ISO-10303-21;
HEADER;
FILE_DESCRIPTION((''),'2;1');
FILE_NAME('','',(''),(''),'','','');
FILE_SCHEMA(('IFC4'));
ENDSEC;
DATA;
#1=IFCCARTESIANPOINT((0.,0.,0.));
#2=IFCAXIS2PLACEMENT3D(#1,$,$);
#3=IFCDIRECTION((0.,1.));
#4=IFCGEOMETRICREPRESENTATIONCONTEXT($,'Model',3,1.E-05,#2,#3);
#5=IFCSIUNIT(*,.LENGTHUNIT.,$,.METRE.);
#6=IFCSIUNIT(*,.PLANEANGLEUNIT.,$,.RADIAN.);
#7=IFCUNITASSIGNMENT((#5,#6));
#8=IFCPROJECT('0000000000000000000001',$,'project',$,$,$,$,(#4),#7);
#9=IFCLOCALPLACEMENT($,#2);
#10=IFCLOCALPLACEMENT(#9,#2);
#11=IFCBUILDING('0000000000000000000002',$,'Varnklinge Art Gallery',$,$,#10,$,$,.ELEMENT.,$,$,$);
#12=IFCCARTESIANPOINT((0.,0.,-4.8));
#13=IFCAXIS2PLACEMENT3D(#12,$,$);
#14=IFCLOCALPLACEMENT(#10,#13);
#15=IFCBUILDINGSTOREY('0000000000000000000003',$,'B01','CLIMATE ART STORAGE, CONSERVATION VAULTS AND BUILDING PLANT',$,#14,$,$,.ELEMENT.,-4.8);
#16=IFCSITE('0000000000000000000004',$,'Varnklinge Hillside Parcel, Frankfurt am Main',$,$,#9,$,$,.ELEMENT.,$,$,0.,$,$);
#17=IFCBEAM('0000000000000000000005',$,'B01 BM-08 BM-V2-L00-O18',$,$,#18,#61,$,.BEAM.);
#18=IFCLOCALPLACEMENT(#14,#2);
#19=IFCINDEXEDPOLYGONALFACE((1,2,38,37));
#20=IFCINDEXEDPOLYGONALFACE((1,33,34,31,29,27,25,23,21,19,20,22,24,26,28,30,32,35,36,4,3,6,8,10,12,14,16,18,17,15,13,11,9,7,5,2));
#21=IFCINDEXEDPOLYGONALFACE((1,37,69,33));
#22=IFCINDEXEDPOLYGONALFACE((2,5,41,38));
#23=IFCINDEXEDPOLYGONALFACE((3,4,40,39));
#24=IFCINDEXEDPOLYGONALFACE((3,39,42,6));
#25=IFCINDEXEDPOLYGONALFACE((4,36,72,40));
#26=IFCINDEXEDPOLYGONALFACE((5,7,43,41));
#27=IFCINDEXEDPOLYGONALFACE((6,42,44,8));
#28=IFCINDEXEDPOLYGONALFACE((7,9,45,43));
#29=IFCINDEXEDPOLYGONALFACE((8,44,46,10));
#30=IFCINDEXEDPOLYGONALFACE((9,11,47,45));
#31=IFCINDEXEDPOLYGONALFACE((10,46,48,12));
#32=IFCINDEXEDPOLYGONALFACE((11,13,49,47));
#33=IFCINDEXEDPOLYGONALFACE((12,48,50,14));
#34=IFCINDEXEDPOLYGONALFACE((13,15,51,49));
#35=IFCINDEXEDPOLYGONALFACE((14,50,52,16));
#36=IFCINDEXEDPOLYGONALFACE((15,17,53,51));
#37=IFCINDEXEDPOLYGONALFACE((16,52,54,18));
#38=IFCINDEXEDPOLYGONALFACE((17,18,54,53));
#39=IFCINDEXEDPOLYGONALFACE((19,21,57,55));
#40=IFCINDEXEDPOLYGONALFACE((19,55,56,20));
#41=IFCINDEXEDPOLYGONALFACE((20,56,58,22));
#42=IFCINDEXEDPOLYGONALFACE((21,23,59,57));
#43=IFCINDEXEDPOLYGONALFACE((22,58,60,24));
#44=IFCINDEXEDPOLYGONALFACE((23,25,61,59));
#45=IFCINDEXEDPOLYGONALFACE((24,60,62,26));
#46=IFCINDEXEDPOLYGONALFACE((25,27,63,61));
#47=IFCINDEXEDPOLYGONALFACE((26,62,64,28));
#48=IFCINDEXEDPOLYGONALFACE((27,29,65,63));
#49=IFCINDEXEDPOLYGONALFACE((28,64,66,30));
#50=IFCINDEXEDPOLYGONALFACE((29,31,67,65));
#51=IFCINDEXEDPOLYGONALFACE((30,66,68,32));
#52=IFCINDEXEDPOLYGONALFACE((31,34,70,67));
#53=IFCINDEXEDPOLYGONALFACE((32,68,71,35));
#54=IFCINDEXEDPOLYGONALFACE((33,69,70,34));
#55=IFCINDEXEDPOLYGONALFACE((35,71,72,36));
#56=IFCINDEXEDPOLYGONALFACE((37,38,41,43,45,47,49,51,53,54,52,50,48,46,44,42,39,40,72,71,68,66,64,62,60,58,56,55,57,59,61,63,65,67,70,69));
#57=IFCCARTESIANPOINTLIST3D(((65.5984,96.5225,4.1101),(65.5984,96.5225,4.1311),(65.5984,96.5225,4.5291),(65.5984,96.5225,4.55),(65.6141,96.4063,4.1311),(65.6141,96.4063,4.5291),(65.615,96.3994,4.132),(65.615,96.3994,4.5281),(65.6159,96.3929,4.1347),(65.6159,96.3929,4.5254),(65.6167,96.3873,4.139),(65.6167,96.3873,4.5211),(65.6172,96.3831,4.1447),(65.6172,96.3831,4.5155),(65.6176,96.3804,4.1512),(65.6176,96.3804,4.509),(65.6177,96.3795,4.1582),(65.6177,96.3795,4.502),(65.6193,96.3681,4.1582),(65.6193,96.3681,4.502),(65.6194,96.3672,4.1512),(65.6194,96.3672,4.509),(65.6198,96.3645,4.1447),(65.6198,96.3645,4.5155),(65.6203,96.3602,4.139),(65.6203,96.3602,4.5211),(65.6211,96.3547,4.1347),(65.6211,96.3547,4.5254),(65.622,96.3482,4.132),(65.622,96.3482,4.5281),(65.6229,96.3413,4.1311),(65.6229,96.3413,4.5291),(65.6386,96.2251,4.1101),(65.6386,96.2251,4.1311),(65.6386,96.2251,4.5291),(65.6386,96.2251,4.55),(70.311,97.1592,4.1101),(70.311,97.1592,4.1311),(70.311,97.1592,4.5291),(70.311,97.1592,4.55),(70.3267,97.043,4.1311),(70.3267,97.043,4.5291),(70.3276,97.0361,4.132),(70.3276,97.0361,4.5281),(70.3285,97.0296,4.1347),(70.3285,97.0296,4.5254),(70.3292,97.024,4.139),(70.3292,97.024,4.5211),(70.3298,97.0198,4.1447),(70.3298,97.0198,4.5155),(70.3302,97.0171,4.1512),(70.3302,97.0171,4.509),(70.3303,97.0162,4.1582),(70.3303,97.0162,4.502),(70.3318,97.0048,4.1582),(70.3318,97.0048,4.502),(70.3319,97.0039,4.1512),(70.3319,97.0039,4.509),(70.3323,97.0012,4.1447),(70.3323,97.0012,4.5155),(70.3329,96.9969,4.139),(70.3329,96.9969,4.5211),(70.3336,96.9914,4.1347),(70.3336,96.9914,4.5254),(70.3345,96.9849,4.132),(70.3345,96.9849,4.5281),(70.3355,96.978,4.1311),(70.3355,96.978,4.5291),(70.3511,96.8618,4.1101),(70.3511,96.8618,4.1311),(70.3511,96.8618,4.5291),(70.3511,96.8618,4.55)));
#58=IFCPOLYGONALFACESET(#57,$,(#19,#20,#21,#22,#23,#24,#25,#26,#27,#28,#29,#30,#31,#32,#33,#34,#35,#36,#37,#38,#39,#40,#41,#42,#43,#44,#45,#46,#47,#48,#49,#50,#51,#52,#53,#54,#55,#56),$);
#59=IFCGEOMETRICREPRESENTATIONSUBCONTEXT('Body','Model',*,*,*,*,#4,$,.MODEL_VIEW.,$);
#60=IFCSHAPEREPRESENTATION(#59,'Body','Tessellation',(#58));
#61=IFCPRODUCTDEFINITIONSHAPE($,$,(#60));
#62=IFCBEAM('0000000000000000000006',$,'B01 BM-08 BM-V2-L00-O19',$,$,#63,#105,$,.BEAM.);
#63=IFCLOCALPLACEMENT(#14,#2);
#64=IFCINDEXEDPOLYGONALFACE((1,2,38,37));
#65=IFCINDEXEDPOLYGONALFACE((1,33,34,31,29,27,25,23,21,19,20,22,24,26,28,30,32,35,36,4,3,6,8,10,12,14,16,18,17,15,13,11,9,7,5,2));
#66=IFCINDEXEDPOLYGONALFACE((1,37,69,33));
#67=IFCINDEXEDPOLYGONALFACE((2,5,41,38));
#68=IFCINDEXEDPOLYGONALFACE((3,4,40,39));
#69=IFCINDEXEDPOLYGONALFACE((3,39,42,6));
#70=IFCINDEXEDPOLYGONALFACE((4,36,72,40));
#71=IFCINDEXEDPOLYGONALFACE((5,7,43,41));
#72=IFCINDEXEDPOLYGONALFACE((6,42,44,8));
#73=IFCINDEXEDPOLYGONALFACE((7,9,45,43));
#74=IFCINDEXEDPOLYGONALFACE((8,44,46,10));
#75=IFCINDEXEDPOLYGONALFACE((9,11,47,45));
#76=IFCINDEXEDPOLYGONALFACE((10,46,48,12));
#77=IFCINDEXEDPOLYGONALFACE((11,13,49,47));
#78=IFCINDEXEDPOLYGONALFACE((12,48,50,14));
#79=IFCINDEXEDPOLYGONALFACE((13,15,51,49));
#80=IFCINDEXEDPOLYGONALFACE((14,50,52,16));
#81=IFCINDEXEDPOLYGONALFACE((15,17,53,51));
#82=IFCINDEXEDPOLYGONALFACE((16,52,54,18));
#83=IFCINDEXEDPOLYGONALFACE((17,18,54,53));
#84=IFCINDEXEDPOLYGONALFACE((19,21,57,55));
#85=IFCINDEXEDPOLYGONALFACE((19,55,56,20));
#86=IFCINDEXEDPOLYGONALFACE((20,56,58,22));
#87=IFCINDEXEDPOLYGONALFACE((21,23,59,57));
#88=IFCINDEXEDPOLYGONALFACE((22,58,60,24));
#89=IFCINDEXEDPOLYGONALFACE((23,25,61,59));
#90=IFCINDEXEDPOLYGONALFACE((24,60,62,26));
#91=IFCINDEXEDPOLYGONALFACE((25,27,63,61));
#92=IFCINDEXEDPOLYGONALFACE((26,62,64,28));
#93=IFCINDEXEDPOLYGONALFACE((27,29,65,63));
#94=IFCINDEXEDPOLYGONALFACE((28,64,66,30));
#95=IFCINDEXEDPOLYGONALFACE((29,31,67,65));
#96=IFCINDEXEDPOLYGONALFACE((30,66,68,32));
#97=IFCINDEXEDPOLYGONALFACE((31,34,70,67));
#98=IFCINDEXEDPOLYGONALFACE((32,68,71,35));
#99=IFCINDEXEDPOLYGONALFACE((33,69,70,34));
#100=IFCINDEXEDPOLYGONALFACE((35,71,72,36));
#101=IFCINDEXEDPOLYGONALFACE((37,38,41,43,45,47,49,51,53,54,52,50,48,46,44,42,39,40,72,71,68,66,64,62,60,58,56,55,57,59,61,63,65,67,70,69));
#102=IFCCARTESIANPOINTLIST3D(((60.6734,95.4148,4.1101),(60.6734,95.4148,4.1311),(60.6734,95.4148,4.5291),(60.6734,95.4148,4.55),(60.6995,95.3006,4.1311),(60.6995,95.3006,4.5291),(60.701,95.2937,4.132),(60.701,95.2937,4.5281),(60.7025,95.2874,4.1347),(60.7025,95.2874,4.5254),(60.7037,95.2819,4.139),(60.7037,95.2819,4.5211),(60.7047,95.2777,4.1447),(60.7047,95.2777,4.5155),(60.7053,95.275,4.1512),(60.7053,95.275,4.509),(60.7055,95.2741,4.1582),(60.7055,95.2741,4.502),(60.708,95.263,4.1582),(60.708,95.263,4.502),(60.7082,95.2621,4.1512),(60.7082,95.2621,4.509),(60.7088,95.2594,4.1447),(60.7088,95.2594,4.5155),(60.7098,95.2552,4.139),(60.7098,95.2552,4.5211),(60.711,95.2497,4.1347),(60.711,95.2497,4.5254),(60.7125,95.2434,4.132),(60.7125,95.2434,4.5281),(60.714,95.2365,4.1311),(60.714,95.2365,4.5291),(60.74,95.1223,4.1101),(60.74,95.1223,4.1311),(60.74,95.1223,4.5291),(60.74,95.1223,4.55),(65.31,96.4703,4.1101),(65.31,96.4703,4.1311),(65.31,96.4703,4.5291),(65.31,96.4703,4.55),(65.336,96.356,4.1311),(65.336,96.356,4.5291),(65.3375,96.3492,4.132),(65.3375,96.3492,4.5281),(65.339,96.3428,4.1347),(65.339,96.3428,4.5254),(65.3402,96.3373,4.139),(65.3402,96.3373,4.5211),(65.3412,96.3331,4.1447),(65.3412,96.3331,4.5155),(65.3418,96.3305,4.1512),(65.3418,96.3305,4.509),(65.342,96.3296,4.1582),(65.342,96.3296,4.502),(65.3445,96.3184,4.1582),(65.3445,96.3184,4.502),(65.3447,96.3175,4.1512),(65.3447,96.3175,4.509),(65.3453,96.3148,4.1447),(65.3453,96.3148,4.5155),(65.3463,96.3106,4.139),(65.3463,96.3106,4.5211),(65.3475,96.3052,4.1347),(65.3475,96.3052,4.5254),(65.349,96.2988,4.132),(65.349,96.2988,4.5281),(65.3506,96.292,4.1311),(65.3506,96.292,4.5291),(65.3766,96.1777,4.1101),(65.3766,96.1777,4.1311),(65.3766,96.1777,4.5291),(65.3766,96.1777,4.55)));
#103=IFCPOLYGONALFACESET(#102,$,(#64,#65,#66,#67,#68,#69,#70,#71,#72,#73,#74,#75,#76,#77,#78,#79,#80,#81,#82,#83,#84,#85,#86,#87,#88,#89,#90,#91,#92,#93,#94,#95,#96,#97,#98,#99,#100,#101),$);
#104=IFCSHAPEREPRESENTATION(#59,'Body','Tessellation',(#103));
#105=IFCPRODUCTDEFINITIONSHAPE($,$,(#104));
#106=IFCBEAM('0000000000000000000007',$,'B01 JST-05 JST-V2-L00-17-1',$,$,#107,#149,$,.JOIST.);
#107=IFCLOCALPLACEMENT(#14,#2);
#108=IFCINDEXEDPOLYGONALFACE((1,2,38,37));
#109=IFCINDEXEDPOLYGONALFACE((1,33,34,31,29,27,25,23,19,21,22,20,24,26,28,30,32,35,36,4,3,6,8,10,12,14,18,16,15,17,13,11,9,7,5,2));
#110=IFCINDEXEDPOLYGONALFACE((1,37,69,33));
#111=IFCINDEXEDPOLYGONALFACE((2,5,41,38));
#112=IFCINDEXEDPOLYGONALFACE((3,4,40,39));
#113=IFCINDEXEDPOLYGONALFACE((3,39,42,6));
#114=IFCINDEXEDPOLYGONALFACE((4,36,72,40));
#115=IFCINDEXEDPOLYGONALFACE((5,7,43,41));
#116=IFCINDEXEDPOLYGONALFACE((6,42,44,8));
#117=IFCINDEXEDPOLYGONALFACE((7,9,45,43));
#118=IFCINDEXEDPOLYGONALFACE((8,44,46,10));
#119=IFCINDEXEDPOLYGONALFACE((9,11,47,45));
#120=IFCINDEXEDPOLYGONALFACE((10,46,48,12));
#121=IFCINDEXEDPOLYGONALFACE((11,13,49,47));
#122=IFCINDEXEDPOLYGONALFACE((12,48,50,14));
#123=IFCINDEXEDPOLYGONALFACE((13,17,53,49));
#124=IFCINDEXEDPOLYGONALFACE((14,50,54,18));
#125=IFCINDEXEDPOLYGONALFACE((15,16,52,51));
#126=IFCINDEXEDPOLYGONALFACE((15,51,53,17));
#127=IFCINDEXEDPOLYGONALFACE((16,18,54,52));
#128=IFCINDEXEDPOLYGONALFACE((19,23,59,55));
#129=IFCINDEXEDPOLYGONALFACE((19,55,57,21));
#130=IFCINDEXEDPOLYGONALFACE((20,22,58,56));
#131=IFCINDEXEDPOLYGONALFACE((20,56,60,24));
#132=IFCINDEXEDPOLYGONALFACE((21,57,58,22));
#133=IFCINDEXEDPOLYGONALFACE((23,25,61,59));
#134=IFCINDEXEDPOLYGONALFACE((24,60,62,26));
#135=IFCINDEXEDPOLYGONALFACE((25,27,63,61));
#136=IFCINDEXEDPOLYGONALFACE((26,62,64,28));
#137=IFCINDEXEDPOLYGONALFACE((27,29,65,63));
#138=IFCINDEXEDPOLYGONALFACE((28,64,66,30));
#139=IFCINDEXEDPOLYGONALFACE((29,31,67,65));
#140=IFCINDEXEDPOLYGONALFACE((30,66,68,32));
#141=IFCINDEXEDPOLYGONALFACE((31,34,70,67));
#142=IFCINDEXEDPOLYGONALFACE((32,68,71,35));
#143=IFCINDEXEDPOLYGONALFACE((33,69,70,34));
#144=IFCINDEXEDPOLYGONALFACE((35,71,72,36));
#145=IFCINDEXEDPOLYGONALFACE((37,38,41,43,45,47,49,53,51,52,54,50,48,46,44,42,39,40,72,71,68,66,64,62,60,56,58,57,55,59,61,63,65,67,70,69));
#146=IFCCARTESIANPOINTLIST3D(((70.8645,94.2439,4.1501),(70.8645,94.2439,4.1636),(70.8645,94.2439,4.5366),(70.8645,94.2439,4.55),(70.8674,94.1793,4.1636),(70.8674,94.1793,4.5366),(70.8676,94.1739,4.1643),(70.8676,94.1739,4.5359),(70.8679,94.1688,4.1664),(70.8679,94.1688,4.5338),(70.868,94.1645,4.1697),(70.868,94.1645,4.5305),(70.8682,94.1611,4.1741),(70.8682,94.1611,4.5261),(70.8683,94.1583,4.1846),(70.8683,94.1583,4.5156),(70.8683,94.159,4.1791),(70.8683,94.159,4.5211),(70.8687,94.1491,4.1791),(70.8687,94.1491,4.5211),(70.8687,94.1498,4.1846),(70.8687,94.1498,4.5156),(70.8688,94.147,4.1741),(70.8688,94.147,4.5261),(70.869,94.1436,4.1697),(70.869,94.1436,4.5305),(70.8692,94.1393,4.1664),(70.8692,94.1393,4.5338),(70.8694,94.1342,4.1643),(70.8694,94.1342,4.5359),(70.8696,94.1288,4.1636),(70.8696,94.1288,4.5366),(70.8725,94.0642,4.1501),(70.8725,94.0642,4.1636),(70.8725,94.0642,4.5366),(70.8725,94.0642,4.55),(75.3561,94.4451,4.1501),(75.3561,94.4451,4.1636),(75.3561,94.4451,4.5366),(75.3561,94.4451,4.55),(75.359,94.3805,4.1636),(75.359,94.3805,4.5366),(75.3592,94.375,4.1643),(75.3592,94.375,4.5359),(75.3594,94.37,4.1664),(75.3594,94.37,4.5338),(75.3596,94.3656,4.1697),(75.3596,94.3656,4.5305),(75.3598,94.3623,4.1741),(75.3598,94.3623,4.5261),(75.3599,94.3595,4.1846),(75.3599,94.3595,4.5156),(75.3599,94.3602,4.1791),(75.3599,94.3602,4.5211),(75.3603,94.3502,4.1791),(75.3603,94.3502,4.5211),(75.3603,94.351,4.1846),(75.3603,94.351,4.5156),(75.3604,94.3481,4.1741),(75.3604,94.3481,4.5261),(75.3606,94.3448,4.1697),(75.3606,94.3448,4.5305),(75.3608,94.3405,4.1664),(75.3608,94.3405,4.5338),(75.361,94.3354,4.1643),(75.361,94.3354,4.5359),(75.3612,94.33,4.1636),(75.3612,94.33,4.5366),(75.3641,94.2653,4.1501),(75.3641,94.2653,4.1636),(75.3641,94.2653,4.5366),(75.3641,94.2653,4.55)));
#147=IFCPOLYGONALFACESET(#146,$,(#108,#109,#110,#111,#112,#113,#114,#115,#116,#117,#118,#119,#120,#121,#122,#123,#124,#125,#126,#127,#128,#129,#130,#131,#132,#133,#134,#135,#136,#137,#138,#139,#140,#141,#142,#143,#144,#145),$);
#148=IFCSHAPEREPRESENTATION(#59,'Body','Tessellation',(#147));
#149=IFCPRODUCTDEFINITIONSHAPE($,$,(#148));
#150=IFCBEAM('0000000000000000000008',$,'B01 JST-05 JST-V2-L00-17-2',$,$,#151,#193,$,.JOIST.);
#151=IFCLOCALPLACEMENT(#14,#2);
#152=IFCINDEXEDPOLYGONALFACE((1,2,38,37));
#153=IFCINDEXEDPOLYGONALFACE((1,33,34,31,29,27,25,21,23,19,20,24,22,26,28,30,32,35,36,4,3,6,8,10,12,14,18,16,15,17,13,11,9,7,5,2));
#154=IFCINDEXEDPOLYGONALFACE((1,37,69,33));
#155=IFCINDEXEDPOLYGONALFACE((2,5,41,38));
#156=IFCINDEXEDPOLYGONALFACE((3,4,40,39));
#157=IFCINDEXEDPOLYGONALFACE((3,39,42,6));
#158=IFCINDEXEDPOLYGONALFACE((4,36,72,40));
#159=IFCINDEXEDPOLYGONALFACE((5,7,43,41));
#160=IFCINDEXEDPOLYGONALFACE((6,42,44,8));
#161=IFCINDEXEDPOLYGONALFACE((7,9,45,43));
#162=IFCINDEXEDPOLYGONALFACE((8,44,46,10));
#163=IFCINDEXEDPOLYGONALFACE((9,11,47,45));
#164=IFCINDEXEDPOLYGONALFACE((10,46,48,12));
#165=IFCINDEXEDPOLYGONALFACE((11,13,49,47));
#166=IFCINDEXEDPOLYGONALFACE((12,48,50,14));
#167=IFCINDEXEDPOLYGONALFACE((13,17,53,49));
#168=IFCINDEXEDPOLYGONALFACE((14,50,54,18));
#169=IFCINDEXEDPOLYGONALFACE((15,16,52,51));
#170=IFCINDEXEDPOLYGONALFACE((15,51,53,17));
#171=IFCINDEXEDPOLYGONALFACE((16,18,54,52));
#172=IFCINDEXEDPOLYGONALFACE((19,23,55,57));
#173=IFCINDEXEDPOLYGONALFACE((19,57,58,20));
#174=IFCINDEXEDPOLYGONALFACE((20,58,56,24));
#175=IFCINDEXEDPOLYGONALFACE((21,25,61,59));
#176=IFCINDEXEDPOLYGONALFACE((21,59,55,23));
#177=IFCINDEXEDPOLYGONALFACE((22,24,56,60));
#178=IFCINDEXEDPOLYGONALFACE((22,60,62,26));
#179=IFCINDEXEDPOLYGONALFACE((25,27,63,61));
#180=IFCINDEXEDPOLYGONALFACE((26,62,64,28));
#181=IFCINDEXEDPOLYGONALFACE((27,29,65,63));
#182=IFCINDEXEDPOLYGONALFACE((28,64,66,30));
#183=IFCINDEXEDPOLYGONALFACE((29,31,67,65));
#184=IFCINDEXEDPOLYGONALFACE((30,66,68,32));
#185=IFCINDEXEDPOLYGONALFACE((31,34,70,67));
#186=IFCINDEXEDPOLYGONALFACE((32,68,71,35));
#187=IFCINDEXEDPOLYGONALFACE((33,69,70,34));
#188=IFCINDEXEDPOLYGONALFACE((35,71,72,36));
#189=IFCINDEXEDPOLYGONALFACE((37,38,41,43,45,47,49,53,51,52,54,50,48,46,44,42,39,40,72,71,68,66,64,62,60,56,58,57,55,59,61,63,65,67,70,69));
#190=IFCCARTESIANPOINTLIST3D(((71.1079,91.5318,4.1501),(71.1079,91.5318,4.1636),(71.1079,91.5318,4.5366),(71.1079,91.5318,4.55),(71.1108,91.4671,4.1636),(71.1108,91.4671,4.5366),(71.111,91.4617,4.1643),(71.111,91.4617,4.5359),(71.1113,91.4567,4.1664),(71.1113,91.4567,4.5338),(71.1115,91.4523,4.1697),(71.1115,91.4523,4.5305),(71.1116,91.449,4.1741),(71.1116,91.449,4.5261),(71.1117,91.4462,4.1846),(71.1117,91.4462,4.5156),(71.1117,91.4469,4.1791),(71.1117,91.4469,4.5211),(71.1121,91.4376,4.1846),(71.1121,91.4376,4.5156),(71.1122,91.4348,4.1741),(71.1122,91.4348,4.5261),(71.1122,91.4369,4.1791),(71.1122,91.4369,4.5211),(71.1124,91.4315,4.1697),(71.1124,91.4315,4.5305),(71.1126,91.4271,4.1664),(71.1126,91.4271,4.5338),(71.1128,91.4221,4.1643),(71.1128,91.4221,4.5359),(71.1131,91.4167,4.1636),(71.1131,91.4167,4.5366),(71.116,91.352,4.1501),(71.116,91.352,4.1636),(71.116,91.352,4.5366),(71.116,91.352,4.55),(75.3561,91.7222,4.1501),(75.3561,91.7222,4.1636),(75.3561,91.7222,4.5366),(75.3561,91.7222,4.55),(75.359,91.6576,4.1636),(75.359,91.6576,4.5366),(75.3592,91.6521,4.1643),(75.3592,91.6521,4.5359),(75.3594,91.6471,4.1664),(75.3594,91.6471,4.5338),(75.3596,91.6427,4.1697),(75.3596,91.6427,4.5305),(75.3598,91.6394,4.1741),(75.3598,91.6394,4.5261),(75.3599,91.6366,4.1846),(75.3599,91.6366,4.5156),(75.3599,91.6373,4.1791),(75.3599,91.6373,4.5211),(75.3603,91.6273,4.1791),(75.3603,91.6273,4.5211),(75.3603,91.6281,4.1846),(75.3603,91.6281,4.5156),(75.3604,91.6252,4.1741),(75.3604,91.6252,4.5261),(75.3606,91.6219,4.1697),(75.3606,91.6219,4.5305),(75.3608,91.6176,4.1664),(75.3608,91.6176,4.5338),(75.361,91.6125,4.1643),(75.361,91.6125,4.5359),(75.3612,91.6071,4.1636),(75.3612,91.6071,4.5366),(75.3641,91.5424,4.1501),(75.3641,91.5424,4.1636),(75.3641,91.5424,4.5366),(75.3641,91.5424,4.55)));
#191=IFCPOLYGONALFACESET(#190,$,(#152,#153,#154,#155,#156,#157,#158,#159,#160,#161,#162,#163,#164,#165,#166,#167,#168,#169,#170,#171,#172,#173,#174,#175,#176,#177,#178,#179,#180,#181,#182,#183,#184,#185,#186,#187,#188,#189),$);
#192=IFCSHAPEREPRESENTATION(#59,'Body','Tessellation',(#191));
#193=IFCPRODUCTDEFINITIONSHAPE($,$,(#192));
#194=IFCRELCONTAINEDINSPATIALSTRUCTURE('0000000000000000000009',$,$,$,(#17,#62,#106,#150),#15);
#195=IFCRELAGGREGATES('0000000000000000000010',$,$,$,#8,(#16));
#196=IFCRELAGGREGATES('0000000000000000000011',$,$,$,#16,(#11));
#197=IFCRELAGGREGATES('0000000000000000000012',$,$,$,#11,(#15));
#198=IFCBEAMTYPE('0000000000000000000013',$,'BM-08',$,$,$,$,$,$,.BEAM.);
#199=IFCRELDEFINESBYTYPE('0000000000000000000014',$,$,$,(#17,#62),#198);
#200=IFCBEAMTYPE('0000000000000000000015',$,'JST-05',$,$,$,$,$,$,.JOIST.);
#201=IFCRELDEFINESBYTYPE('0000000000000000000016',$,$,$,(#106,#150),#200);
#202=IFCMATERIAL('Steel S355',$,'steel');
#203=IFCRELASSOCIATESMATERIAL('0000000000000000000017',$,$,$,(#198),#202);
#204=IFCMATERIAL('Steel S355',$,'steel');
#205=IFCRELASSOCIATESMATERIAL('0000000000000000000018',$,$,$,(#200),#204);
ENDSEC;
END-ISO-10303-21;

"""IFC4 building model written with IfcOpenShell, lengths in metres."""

from ifc_helpers import new_model, si_unit, direction, frame, origin, origin_2d, place, context, subcontext, project, spatial, i_section, extrude, material, material_profile, profile_set, type_object, element, save


model = new_model("IFC4")

# Units and contexts
model_context = context("Model", 3, precision=1e-05, world=origin(), true_north=direction((0.0, 1.0)))
body_context = subcontext(model_context, "Body", "Model", "MODEL_VIEW")
ifc_project = project(units=[si_unit("LENGTHUNIT", "METRE"), si_unit("PLANEANGLEUNIT", "RADIAN")], contexts=[model_context])

# Site, building, storey
site_placement = place(None, origin())
site = spatial("IfcSite", under=ifc_project, at=site_placement, Name="Varnklinge Hillside Parcel, Frankfurt am Main", CompositionType="ELEMENT", RefElevation=0.0)
building_placement = place(site_placement, origin())
building = spatial("IfcBuilding", under=site, at=building_placement, Name="Varnklinge Art Gallery", CompositionType="ELEMENT")
storey_placement = place(building_placement, frame((0.0, 0.0, -4.8)))
storey = spatial("IfcBuildingStorey", under=building, at=storey_placement, Name="B01", Description="CLIMATE ART STORAGE, CONSERVATION VAULTS AND BUILDING PLANT", CompositionType="ELEMENT", Elevation=-4.8)

# Beams
ifc_material_1 = material(Name="Steel S355", Category="steel")
ifc_material_profile_1 = material_profile(ifc_material_1, i_section(OverallWidth=0.3, OverallDepth=0.4399, WebThickness=0.0115, FlangeThickness=0.021, FilletRadius=0.0271, at=origin_2d()), Name="HEA 450")
ifc_profile_set_1 = profile_set([ifc_material_profile_1], Name="Steel S355")
beam_type_1 = type_object("IfcBeamType", Name="BM-08", PredefinedType="BEAM", material=ifc_profile_set_1)
beam_1_placement = place(storey_placement, frame((70.3311, 97.0105, 4.3301), z_axis=(-0.990996, -0.133892, 0.0), x_axis=(0.133892, -0.990996, 0.0)))
element("IfcBeam", 1, at=beam_1_placement, inside=storey, type_object=beam_type_1, Name="B01 BM-08 BM-V2-L00-O18", PredefinedType="BEAM", context=body_context, shape_type="SweptSolid", body=[
    extrude(i_section(OverallWidth=0.3, OverallDepth=0.4399, WebThickness=0.0115, FlangeThickness=0.021, FilletRadius=0.0271, at=origin_2d()), origin(), (0.0, 0.0, 1.0), 4.7554),
])
beam_2_placement = place(storey_placement, frame((65.3433, 96.324, 4.3301), z_axis=(-0.975057, -0.221956, 0.0), x_axis=(0.221956, -0.975057, 0.0)))
element("IfcBeam", 2, at=beam_2_placement, inside=storey, type_object=beam_type_1, Name="B01 BM-08 BM-V2-L00-O19", PredefinedType="BEAM", context=body_context, shape_type="SweptSolid", body=[
    extrude(i_section(OverallWidth=0.3, OverallDepth=0.4399, WebThickness=0.0115, FlangeThickness=0.021, FilletRadius=0.0271, at=origin_2d()), origin(), (0.0, 0.0, 1.0), 4.7551),
])
ifc_material_2 = material(Name="Steel S355", Category="steel")
ifc_material_profile_2 = material_profile(ifc_material_2, i_section(OverallWidth=0.1799, OverallDepth=0.3999, WebThickness=0.0085, FlangeThickness=0.0134, FilletRadius=0.021, at=origin_2d()), Name="IPE 400")
ifc_profile_set_2 = profile_set([ifc_material_profile_2], Name="Steel S355")
beam_type_2 = type_object("IfcBeamType", Name="JST-05", PredefinedType="JOIST", material=ifc_profile_set_2)
beam_3_placement = place(storey_placement, frame((75.3601, 94.3552, 4.3501), z_axis=(-0.998999, -0.044743, 0.0), x_axis=(0.044743, -0.998999, 0.0)))
element("IfcBeam", 3, at=beam_3_placement, inside=storey, type_object=beam_type_2, Name="B01 JST-05 JST-V2-L00-17-1", PredefinedType="JOIST", context=body_context, shape_type="SweptSolid", body=[
    extrude(i_section(OverallWidth=0.1799, OverallDepth=0.3999, WebThickness=0.0085, FlangeThickness=0.0134, FilletRadius=0.021, at=origin_2d()), origin(), (0.0, 0.0, 1.0), 4.4961),
])
beam_4_placement = place(storey_placement, frame((75.3601, 91.6323, 4.3501), z_axis=(-0.998997, -0.04478, 0.0), x_axis=(0.04478, -0.998997, 0.0)))
element("IfcBeam", 4, at=beam_4_placement, inside=storey, type_object=beam_type_2, Name="B01 JST-05 JST-V2-L00-17-2", PredefinedType="JOIST", context=body_context, shape_type="SweptSolid", body=[
    extrude(i_section(OverallWidth=0.1799, OverallDepth=0.3999, WebThickness=0.0085, FlangeThickness=0.0134, FilletRadius=0.021, at=origin_2d()), origin(), (0.0, 0.0, 1.0), 4.2524),
])

save(model, "model.ifc")
